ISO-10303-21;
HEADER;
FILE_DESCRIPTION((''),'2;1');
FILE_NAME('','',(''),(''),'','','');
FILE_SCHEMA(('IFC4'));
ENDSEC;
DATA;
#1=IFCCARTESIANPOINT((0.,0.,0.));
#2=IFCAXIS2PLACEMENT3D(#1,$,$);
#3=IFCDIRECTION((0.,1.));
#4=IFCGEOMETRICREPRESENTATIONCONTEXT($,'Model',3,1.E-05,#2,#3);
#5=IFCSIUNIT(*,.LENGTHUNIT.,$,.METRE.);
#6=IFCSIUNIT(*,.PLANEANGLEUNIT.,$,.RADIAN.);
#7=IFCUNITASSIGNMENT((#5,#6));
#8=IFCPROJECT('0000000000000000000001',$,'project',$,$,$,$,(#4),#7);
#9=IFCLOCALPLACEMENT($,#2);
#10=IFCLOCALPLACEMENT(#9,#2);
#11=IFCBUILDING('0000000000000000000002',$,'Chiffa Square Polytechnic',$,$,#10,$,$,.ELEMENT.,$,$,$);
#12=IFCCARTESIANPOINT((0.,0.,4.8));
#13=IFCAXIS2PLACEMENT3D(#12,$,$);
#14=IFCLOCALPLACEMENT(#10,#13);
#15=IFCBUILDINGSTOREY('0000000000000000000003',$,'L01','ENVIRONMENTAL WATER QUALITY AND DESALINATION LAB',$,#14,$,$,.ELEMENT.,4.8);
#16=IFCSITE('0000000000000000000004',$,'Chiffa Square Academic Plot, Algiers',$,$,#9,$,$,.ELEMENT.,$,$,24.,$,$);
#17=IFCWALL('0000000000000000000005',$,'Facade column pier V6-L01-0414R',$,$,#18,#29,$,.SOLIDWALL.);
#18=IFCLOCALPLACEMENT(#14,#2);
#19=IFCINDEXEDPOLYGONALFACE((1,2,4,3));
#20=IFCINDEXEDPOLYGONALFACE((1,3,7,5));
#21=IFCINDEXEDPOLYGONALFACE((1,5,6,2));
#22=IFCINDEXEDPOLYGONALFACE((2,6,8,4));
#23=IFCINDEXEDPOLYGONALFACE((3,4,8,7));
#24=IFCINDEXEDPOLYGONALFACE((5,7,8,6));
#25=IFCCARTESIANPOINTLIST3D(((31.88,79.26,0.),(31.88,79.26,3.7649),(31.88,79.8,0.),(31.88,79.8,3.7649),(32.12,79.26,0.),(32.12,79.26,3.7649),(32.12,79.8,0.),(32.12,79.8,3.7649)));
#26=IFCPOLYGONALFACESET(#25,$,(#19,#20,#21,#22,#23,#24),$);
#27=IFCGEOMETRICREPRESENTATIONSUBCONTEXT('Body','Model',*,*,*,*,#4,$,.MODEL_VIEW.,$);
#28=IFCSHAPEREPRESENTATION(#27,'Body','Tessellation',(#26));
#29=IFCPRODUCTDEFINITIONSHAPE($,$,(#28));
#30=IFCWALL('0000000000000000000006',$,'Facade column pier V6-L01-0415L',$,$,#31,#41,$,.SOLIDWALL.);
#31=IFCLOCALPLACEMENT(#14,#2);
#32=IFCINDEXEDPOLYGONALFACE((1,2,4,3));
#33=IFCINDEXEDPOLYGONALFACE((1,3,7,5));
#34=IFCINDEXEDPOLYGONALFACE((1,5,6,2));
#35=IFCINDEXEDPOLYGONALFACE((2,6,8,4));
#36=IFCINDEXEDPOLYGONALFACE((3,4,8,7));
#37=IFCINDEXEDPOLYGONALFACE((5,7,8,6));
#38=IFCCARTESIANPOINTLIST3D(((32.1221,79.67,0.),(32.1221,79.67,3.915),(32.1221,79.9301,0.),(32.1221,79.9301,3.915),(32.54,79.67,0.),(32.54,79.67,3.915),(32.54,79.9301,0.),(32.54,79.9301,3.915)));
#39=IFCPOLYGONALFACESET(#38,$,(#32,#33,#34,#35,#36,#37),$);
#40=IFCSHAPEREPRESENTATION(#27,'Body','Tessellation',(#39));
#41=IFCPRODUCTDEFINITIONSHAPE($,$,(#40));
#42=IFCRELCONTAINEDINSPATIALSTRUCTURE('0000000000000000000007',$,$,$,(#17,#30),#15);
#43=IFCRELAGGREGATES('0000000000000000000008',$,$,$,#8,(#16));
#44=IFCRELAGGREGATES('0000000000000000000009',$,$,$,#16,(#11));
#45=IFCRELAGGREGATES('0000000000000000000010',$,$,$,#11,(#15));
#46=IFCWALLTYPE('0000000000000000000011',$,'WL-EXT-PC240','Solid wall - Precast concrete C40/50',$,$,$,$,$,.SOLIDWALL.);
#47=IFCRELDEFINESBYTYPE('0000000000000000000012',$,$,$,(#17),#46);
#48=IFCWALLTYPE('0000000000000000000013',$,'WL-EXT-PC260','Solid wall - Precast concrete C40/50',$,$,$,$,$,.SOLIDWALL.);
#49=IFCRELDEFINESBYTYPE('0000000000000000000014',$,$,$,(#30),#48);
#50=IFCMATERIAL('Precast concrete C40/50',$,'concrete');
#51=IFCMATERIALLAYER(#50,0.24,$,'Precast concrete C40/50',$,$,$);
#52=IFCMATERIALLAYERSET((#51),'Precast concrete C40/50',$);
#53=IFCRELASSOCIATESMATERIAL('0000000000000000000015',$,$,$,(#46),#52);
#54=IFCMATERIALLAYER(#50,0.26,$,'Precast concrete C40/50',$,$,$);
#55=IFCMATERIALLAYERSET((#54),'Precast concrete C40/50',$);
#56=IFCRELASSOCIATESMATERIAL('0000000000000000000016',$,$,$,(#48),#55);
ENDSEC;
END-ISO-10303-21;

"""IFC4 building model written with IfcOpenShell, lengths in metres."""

from ifc_helpers import new_model, si_unit, direction, frame, frame_2d, origin, place, context, subcontext, project, spatial, rectangle, extrude, material, layer, layer_set, type_object, element, save


model = new_model("IFC4")

# Units and contexts
model_context = context("Model", 3, precision=1e-05, world=origin(), true_north=direction((0.0, 1.0)))
body_context = subcontext(model_context, "Body", "Model", "MODEL_VIEW")
ifc_project = project(units=[si_unit("LENGTHUNIT", "METRE"), si_unit("PLANEANGLEUNIT", "RADIAN")], contexts=[model_context])

# Site, building, storey
site_placement = place(None, origin())
site = spatial("IfcSite", under=ifc_project, at=site_placement, Name="Chiffa Square Academic Plot, Algiers", CompositionType="ELEMENT", RefElevation=24.0)
building_placement = place(site_placement, origin())
building = spatial("IfcBuilding", under=site, at=building_placement, Name="Chiffa Square Polytechnic", CompositionType="ELEMENT")
storey_placement = place(building_placement, frame((0.0, 0.0, 4.8)))
storey = spatial("IfcBuildingStorey", under=building, at=storey_placement, Name="L01", Description="ENVIRONMENTAL WATER QUALITY AND DESALINATION LAB", CompositionType="ELEMENT", Elevation=4.8)

# Walls
ifc_material_1 = material(Name="Precast concrete C40/50", Category="concrete")
ifc_layer_1 = layer(ifc_material_1, 0.24, Name="Precast concrete C40/50")
ifc_layer_set_1 = layer_set([ifc_layer_1], Name="Precast concrete C40/50")
wall_type_1 = type_object("IfcWallType", Name="WL-EXT-PC240", Description="Solid wall - Precast concrete C40/50", PredefinedType="SOLIDWALL", material=ifc_layer_set_1)
wall_1_placement = place(storey_placement, frame((32.0, 79.26, 0.0), z_axis=(0.0, 0.0, 1.0), x_axis=(0.0, 1.0, 0.0)))
element("IfcWall", 1, at=wall_1_placement, inside=storey, type_object=wall_type_1, Name="Facade column pier V6-L01-0414R", PredefinedType="SOLIDWALL", context=body_context, shape_type="SweptSolid", body=[
    extrude(rectangle(XDim=0.54, YDim=0.24, at=frame_2d((0.27, 0.0))), origin(), (0.0, 0.0, 1.0), 3.7649),
])
ifc_layer_2 = layer(ifc_material_1, 0.26, Name="Precast concrete C40/50")
ifc_layer_set_2 = layer_set([ifc_layer_2], Name="Precast concrete C40/50")
wall_type_2 = type_object("IfcWallType", Name="WL-EXT-PC260", Description="Solid wall - Precast concrete C40/50", PredefinedType="SOLIDWALL", material=ifc_layer_set_2)
wall_2_placement = place(storey_placement, frame((32.1221, 79.8, 0.0), z_axis=(0.0, 0.0, 1.0), x_axis=(1.0, 0.0, 0.0)))
element("IfcWall", 2, at=wall_2_placement, inside=storey, type_object=wall_type_2, Name="Facade column pier V6-L01-0415L", PredefinedType="SOLIDWALL", context=body_context, shape_type="SweptSolid", body=[
    extrude(rectangle(XDim=0.418, YDim=0.26, at=frame_2d((0.209, 0.0))), origin(), (0.0, 0.0, 1.0), 3.915),
])

save(model, "model.ifc")
